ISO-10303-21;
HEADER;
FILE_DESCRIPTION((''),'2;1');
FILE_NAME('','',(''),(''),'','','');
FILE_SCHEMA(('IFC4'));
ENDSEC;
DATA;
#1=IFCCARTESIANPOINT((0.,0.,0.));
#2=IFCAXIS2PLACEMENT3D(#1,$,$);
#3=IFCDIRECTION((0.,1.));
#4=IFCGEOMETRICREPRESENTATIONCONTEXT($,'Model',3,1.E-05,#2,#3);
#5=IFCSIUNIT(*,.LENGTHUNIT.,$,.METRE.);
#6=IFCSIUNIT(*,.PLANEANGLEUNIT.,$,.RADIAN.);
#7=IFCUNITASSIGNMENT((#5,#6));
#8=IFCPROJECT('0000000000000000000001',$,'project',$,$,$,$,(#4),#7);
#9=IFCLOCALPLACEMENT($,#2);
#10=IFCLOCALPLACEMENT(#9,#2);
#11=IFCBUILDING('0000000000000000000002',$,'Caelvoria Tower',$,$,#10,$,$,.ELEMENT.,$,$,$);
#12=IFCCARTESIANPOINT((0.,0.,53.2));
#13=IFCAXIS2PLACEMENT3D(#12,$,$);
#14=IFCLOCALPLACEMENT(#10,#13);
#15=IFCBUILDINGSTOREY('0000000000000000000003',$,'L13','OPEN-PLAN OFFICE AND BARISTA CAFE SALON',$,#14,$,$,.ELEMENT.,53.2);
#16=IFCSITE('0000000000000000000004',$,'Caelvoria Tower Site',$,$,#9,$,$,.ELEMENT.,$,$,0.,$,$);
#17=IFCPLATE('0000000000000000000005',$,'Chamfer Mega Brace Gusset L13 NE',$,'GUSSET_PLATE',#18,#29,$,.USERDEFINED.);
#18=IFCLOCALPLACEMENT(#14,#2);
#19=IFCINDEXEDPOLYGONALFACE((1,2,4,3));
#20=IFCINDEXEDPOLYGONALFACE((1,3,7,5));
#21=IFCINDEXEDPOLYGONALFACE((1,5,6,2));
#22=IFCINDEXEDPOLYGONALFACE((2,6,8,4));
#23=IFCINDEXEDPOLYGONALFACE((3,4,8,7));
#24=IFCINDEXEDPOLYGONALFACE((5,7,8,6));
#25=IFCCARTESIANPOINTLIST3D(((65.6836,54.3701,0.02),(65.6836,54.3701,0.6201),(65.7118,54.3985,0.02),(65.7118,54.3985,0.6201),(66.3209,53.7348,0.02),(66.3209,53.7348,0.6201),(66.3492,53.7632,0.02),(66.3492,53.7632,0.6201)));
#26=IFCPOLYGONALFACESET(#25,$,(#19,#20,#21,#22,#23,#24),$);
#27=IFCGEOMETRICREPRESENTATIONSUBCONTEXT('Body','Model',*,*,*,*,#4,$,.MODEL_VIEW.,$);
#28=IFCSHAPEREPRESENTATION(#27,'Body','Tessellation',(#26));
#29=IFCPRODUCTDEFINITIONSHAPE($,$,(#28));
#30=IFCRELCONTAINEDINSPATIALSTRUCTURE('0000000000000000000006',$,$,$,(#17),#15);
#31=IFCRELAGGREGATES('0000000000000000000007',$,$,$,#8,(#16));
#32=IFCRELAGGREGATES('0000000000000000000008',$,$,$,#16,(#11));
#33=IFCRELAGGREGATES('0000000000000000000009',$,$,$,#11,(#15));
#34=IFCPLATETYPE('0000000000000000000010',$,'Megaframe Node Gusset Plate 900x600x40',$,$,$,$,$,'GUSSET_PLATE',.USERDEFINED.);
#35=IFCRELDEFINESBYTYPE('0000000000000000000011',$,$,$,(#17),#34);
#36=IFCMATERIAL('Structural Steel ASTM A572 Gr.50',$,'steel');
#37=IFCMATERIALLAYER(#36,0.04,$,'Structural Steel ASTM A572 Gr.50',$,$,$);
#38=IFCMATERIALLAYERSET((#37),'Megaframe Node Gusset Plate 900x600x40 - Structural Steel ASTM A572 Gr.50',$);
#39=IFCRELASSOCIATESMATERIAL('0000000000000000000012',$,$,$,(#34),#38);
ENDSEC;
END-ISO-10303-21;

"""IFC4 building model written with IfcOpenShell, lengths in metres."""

from ifc_helpers import new_model, si_unit, direction, frame, origin, origin_2d, place, context, subcontext, project, spatial, rectangle, extrude, material, layer, layer_set, type_object, element, save


model = new_model("IFC4")

# Units and contexts
model_context = context("Model", 3, precision=1e-05, world=origin(), true_north=direction((0.0, 1.0)))
body_context = subcontext(model_context, "Body", "Model", "MODEL_VIEW")
ifc_project = project(units=[si_unit("LENGTHUNIT", "METRE"), si_unit("PLANEANGLEUNIT", "RADIAN")], contexts=[model_context])

# Site, building, storey
site_placement = place(None, origin())
site = spatial("IfcSite", under=ifc_project, at=site_placement, Name="Caelvoria Tower Site", CompositionType="ELEMENT", RefElevation=0.0)
building_placement = place(site_placement, origin())
building = spatial("IfcBuilding", under=site, at=building_placement, Name="Caelvoria Tower", CompositionType="ELEMENT")
storey_placement = place(building_placement, frame((0.0, 0.0, 53.2)))
storey = spatial("IfcBuildingStorey", under=building, at=storey_placement, Name="L13", Description="OPEN-PLAN OFFICE AND BARISTA CAFE SALON", CompositionType="ELEMENT", Elevation=53.2)

# Shared definitions
ifc_material_1 = material(Name="Structural Steel ASTM A572 Gr.50", Category="steel")

# Plate
ifc_layer_1 = layer(ifc_material_1, 0.04, Name="Structural Steel ASTM A572 Gr.50")
ifc_layer_set_1 = layer_set([ifc_layer_1], Name="Megaframe Node Gusset Plate 900x600x40 - Structural Steel ASTM A572 Gr.50")
plate_type = type_object("IfcPlateType", Name="Megaframe Node Gusset Plate 900x600x40", ElementType="GUSSET_PLATE", PredefinedType="USERDEFINED", material=ifc_layer_set_1)
plate_placement = place(storey_placement, frame((66.0164, 54.0667, 0.02), z_axis=(0.0, 0.0, 1.0), x_axis=(0.70822, -0.705991, 0.0)))
element("IfcPlate", 1, at=plate_placement, inside=storey, type_object=plate_type, Name="Chamfer Mega Brace Gusset L13 NE", ObjectType="GUSSET_PLATE", PredefinedType="USERDEFINED", context=body_context, shape_type="SweptSolid", body=[
    extrude(rectangle(XDim=0.8999, YDim=0.04, at=origin_2d()), origin(), (0.0, 0.0, 1.0), 0.6001),
])

save(model, "model.ifc")
